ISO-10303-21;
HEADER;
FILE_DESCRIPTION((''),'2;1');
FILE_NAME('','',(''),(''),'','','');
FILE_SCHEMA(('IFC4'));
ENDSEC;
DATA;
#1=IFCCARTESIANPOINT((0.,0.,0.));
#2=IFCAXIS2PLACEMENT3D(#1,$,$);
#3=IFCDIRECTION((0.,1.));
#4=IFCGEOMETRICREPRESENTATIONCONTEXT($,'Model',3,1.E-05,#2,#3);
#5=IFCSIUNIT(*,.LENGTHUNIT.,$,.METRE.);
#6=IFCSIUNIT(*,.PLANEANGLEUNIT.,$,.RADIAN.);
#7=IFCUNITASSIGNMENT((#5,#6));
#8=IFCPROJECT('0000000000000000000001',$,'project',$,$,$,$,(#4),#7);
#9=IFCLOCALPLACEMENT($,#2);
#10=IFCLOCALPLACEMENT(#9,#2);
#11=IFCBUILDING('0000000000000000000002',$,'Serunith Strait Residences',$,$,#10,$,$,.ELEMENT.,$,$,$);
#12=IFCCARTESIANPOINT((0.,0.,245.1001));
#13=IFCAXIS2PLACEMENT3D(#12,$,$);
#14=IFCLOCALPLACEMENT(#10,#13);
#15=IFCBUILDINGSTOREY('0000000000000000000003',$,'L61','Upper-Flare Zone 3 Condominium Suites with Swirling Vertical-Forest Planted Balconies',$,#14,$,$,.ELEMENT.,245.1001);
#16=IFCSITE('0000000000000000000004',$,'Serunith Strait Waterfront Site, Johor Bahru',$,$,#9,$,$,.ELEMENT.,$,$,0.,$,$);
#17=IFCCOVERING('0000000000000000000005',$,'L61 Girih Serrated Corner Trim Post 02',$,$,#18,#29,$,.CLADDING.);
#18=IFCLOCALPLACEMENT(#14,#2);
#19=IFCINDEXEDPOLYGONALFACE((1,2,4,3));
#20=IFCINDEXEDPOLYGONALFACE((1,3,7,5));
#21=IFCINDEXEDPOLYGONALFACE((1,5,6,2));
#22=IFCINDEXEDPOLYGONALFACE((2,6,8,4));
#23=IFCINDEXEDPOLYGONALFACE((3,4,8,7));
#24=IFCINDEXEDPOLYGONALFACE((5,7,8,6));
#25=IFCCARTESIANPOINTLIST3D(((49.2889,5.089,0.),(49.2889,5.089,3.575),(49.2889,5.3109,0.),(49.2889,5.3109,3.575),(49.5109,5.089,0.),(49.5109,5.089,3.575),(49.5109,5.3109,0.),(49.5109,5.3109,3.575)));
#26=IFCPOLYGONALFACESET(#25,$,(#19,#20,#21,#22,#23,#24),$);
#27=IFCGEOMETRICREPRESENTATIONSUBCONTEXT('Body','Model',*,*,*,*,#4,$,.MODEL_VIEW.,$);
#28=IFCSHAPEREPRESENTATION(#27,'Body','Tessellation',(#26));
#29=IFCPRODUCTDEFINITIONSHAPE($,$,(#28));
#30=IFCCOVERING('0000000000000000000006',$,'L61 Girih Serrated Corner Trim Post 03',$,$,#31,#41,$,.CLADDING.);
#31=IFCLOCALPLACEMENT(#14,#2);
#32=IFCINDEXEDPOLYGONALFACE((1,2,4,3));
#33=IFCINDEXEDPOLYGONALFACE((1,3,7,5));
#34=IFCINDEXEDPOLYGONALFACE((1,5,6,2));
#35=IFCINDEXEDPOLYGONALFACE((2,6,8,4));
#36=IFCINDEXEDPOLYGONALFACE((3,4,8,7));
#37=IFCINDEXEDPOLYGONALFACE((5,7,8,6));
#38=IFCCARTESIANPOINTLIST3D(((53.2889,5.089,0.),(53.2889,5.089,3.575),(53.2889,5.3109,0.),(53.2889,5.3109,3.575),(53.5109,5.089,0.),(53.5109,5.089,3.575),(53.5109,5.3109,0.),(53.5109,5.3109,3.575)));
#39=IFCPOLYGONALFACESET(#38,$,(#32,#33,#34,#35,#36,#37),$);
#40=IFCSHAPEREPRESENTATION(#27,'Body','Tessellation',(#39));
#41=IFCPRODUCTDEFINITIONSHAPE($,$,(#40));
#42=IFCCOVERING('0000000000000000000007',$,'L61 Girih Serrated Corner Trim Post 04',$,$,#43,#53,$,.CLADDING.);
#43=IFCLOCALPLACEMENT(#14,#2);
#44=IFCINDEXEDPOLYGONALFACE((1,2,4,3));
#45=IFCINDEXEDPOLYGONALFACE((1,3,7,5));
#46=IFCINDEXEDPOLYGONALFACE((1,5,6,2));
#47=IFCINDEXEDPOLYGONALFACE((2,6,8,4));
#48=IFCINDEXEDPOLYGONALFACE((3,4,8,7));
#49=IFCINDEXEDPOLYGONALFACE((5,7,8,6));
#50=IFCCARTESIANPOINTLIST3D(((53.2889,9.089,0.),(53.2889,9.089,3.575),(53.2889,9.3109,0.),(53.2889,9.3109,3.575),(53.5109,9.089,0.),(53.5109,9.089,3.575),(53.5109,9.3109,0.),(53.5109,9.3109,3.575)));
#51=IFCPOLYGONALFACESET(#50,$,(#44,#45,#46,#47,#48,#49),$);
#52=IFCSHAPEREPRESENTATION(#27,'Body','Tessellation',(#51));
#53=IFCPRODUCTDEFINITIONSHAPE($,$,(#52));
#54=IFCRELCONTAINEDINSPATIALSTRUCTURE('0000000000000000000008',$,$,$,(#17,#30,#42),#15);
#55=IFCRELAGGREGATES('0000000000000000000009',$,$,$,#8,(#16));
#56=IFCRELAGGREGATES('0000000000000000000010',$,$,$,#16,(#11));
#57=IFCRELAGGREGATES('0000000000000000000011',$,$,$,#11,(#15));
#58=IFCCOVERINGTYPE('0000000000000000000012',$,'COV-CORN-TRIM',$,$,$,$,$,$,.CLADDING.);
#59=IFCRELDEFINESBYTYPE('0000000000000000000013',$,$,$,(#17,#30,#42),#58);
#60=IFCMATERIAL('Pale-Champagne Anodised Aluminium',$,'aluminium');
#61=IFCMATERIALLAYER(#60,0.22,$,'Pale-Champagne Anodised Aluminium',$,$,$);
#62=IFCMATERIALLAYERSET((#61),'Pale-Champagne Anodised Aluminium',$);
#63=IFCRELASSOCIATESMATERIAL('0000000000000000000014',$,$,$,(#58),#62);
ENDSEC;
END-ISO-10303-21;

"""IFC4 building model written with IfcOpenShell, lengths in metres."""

from ifc_helpers import new_model, si_unit, direction, frame, origin, origin_2d, place, context, subcontext, project, spatial, rectangle, extrude, source, transform, mapped, material, layer, layer_set, type_object, element, save


model = new_model("IFC4")

# Units and contexts
model_context = context("Model", 3, precision=1e-05, world=origin(), true_north=direction((0.0, 1.0)))
body_context = subcontext(model_context, "Body", "Model", "MODEL_VIEW")
ifc_project = project(units=[si_unit("LENGTHUNIT", "METRE"), si_unit("PLANEANGLEUNIT", "RADIAN")], contexts=[model_context])

# Site, building, storey
site_placement = place(None, origin())
site = spatial("IfcSite", under=ifc_project, at=site_placement, Name="Serunith Strait Waterfront Site, Johor Bahru", CompositionType="ELEMENT", RefElevation=0.0)
building_placement = place(site_placement, origin())
building = spatial("IfcBuilding", under=site, at=building_placement, Name="Serunith Strait Residences", CompositionType="ELEMENT")
storey_placement = place(building_placement, frame((0.0, 0.0, 245.1001)))
storey = spatial("IfcBuildingStorey", under=building, at=storey_placement, Name="L61", Description="Upper-Flare Zone 3 Condominium Suites with Swirling Vertical-Forest Planted Balconies", CompositionType="ELEMENT", Elevation=245.1001)

# Shared definitions
ifc_material_1 = material(Name="Pale-Champagne Anodised Aluminium", Category="aluminium")

# Coverings
ifc_layer_1 = layer(ifc_material_1, 0.22, Name="Pale-Champagne Anodised Aluminium")
ifc_layer_set_1 = layer_set([ifc_layer_1], Name="Pale-Champagne Anodised Aluminium")
covering_type = type_object("IfcCoveringType", Name="COV-CORN-TRIM", PredefinedType="CLADDING", material=ifc_layer_set_1)
shared_shape_1 = source(origin(), body_context, "Body", "SweptSolid", [
    extrude(rectangle(XDim=0.2219, YDim=0.2219, at=origin_2d()), origin(), (0.0, 0.0, 1.0), 3.575),
])
for number, where, z_axis, x_axis, name in (
    (1, (49.3999, 5.2, 0.0), (0.0, 0.0, 1.0), (1.0, 0.0, 0.0), "L61 Girih Serrated Corner Trim Post 02"),
    (2, (53.3999, 5.2, 0.0), (0.0, 0.0, 1.0), (1.0, 0.0, 0.0), "L61 Girih Serrated Corner Trim Post 03"),
    (3, (53.3999, 9.2, 0.0), (0.0, 0.0, 1.0), (1.0, 0.0, 0.0), "L61 Girih Serrated Corner Trim Post 04"),
):
    element("IfcCovering", number, at=place(storey_placement, frame(where, z_axis=z_axis, x_axis=x_axis)), inside=storey, type_object=covering_type, Name=name, PredefinedType="CLADDING", context=body_context, shape_type="MappedRepresentation", body=[
        mapped(shared_shape_1, transform((0.0, 0.0, 0.0), scale=1.0)),
    ])

save(model, "model.ifc")
